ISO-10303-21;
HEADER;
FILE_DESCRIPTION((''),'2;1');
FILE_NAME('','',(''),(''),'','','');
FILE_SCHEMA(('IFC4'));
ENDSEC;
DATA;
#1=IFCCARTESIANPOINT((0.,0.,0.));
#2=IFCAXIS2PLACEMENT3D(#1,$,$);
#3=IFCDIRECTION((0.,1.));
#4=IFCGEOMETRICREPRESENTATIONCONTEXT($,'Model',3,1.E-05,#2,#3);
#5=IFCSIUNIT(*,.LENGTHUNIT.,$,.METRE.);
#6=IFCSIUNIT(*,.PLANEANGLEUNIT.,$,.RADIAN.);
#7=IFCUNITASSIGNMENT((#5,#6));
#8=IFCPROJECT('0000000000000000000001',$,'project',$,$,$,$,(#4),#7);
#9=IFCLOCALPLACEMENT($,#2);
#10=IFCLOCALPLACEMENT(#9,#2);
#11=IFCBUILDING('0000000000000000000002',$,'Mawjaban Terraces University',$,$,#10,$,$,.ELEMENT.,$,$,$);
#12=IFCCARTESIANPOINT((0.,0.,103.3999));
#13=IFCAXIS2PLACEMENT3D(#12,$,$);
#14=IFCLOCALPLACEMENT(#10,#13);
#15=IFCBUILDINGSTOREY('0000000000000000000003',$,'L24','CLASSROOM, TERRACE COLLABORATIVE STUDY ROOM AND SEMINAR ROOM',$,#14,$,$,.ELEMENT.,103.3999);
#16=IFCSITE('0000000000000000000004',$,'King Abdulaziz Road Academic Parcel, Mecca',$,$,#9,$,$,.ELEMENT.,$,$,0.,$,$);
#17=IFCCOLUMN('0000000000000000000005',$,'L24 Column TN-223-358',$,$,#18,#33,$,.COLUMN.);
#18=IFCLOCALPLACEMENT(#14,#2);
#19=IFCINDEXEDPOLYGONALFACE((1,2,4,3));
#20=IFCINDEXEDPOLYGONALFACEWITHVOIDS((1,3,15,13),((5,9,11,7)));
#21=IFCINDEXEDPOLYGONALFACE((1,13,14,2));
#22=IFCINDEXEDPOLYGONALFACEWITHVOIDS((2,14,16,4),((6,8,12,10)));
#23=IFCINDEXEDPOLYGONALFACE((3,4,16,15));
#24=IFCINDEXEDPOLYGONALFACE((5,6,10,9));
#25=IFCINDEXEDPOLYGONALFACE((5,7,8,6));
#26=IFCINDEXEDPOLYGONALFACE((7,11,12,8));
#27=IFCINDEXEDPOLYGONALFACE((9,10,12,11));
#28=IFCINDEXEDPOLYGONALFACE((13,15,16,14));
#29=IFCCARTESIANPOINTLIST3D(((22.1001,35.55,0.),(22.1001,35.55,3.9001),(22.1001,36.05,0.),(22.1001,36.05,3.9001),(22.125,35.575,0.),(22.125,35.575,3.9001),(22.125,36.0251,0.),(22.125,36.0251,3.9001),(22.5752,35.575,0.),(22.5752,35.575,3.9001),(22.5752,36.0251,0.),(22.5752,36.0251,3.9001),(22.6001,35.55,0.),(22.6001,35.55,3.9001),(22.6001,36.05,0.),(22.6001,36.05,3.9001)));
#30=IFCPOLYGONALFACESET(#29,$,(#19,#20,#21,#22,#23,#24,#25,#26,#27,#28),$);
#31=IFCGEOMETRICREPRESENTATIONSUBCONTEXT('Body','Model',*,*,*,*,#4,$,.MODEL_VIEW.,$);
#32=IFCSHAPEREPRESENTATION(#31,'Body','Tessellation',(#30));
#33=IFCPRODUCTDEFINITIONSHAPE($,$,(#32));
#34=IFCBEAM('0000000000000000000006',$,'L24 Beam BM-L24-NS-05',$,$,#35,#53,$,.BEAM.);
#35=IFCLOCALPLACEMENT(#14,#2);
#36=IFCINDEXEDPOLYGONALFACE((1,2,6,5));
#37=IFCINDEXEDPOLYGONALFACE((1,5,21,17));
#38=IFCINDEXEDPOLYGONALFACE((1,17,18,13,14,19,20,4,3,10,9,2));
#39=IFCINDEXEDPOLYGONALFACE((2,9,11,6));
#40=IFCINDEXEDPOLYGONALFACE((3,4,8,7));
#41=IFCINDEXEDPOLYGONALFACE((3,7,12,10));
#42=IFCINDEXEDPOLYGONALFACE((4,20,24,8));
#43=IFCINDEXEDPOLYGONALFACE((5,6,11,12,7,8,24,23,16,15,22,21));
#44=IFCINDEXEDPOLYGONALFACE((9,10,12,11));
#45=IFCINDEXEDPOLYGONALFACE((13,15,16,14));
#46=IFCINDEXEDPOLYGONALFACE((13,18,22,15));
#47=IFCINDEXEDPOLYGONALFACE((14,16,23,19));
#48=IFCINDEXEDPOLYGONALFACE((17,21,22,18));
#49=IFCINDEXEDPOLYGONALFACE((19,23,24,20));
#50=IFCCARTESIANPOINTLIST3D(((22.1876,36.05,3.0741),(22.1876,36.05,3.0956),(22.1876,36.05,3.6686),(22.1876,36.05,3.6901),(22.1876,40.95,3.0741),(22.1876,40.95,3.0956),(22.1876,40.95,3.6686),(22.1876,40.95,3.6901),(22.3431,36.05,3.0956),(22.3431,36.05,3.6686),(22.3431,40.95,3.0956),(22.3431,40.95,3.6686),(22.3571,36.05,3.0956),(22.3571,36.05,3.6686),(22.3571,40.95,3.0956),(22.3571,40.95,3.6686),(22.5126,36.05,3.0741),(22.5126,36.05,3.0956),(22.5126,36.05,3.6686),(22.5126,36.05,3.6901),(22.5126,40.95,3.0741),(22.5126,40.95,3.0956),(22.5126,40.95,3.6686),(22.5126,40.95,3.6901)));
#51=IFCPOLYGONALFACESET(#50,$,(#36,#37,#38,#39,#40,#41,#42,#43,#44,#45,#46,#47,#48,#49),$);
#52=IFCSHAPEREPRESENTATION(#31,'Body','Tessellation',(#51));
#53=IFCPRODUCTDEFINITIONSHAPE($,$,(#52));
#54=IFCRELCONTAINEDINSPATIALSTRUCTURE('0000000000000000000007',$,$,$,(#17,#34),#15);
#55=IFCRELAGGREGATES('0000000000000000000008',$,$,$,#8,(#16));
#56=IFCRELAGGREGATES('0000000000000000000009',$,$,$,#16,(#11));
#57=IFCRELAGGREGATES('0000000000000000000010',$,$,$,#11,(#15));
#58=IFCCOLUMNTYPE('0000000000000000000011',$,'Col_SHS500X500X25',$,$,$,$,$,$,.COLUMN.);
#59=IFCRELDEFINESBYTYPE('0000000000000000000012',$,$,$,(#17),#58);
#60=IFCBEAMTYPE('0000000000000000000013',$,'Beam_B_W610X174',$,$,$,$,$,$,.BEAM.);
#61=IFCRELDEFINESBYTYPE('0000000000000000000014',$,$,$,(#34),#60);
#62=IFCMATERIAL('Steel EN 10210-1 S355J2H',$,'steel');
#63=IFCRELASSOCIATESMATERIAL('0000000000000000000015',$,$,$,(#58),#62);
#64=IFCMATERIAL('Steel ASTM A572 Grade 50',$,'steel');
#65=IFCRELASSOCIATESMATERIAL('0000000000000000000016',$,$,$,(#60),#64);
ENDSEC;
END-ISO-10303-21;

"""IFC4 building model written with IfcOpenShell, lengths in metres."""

from ifc_helpers import new_model, si_unit, direction, frame, origin, origin_2d, place, context, subcontext, project, spatial, hollow_rectangle, i_section, extrude, material, material_profile, profile_set, type_object, element, save


model = new_model("IFC4")

# Units and contexts
model_context = context("Model", 3, precision=1e-05, world=origin(), true_north=direction((0.0, 1.0)))
body_context = subcontext(model_context, "Body", "Model", "MODEL_VIEW")
ifc_project = project(units=[si_unit("LENGTHUNIT", "METRE"), si_unit("PLANEANGLEUNIT", "RADIAN")], contexts=[model_context])

# Site, building, storey
site_placement = place(None, origin())
site = spatial("IfcSite", under=ifc_project, at=site_placement, Name="King Abdulaziz Road Academic Parcel, Mecca", CompositionType="ELEMENT", RefElevation=0.0)
building_placement = place(site_placement, origin())
building = spatial("IfcBuilding", under=site, at=building_placement, Name="Mawjaban Terraces University", CompositionType="ELEMENT")
storey_placement = place(building_placement, frame((0.0, 0.0, 103.3999)))
storey = spatial("IfcBuildingStorey", under=building, at=storey_placement, Name="L24", Description="CLASSROOM, TERRACE COLLABORATIVE STUDY ROOM AND SEMINAR ROOM", CompositionType="ELEMENT", Elevation=103.3999)

# Column
ifc_material_1 = material(Name="Steel EN 10210-1 S355J2H", Category="steel")
ifc_material_profile_1 = material_profile(ifc_material_1, hollow_rectangle(XDim=0.5, YDim=0.5, WallThickness=0.0249, at=origin_2d()), Name="SHS500X500X25")
ifc_profile_set_1 = profile_set([ifc_material_profile_1], Name="Steel EN 10210-1 S355J2H")
column_type = type_object("IfcColumnType", Name="Col_SHS500X500X25", PredefinedType="COLUMN", material=ifc_profile_set_1)
column_placement = place(storey_placement, frame((22.3501, 35.8, 0.0), z_axis=(0.0, 0.0, 1.0), x_axis=(1.0, 0.0, 0.0)))
element("IfcColumn", 1, at=column_placement, inside=storey, type_object=column_type, Name="L24 Column TN-223-358", PredefinedType="COLUMN", context=body_context, shape_type="SweptSolid", body=[
    extrude(hollow_rectangle(XDim=0.5, YDim=0.5, WallThickness=0.0249, at=origin_2d()), origin(), (0.0, 0.0, 1.0), 3.9001),
])

# Beam
ifc_material_2 = material(Name="Steel ASTM A572 Grade 50", Category="steel")
ifc_material_profile_2 = material_profile(ifc_material_2, i_section(OverallWidth=0.325, OverallDepth=0.616, WebThickness=0.0139, FlangeThickness=0.0215, at=origin_2d()), Name="W610X174")
ifc_profile_set_2 = profile_set([ifc_material_profile_2], Name="Steel ASTM A572 Grade 50")
beam_type = type_object("IfcBeamType", Name="Beam_B_W610X174", PredefinedType="BEAM", material=ifc_profile_set_2)
beam_placement = place(storey_placement, frame((22.3501, 36.05, 3.3821), z_axis=(0.0, 1.0, 0.0), x_axis=(-1.0, 0.0, 0.0)))
element("IfcBeam", 2, at=beam_placement, inside=storey, type_object=beam_type, Name="L24 Beam BM-L24-NS-05", PredefinedType="BEAM", context=body_context, shape_type="SweptSolid", body=[
    extrude(i_section(OverallWidth=0.325, OverallDepth=0.616, WebThickness=0.0139, FlangeThickness=0.0215, at=origin_2d()), origin(), (0.0, 0.0, 1.0), 4.8999),
])

save(model, "model.ifc")
